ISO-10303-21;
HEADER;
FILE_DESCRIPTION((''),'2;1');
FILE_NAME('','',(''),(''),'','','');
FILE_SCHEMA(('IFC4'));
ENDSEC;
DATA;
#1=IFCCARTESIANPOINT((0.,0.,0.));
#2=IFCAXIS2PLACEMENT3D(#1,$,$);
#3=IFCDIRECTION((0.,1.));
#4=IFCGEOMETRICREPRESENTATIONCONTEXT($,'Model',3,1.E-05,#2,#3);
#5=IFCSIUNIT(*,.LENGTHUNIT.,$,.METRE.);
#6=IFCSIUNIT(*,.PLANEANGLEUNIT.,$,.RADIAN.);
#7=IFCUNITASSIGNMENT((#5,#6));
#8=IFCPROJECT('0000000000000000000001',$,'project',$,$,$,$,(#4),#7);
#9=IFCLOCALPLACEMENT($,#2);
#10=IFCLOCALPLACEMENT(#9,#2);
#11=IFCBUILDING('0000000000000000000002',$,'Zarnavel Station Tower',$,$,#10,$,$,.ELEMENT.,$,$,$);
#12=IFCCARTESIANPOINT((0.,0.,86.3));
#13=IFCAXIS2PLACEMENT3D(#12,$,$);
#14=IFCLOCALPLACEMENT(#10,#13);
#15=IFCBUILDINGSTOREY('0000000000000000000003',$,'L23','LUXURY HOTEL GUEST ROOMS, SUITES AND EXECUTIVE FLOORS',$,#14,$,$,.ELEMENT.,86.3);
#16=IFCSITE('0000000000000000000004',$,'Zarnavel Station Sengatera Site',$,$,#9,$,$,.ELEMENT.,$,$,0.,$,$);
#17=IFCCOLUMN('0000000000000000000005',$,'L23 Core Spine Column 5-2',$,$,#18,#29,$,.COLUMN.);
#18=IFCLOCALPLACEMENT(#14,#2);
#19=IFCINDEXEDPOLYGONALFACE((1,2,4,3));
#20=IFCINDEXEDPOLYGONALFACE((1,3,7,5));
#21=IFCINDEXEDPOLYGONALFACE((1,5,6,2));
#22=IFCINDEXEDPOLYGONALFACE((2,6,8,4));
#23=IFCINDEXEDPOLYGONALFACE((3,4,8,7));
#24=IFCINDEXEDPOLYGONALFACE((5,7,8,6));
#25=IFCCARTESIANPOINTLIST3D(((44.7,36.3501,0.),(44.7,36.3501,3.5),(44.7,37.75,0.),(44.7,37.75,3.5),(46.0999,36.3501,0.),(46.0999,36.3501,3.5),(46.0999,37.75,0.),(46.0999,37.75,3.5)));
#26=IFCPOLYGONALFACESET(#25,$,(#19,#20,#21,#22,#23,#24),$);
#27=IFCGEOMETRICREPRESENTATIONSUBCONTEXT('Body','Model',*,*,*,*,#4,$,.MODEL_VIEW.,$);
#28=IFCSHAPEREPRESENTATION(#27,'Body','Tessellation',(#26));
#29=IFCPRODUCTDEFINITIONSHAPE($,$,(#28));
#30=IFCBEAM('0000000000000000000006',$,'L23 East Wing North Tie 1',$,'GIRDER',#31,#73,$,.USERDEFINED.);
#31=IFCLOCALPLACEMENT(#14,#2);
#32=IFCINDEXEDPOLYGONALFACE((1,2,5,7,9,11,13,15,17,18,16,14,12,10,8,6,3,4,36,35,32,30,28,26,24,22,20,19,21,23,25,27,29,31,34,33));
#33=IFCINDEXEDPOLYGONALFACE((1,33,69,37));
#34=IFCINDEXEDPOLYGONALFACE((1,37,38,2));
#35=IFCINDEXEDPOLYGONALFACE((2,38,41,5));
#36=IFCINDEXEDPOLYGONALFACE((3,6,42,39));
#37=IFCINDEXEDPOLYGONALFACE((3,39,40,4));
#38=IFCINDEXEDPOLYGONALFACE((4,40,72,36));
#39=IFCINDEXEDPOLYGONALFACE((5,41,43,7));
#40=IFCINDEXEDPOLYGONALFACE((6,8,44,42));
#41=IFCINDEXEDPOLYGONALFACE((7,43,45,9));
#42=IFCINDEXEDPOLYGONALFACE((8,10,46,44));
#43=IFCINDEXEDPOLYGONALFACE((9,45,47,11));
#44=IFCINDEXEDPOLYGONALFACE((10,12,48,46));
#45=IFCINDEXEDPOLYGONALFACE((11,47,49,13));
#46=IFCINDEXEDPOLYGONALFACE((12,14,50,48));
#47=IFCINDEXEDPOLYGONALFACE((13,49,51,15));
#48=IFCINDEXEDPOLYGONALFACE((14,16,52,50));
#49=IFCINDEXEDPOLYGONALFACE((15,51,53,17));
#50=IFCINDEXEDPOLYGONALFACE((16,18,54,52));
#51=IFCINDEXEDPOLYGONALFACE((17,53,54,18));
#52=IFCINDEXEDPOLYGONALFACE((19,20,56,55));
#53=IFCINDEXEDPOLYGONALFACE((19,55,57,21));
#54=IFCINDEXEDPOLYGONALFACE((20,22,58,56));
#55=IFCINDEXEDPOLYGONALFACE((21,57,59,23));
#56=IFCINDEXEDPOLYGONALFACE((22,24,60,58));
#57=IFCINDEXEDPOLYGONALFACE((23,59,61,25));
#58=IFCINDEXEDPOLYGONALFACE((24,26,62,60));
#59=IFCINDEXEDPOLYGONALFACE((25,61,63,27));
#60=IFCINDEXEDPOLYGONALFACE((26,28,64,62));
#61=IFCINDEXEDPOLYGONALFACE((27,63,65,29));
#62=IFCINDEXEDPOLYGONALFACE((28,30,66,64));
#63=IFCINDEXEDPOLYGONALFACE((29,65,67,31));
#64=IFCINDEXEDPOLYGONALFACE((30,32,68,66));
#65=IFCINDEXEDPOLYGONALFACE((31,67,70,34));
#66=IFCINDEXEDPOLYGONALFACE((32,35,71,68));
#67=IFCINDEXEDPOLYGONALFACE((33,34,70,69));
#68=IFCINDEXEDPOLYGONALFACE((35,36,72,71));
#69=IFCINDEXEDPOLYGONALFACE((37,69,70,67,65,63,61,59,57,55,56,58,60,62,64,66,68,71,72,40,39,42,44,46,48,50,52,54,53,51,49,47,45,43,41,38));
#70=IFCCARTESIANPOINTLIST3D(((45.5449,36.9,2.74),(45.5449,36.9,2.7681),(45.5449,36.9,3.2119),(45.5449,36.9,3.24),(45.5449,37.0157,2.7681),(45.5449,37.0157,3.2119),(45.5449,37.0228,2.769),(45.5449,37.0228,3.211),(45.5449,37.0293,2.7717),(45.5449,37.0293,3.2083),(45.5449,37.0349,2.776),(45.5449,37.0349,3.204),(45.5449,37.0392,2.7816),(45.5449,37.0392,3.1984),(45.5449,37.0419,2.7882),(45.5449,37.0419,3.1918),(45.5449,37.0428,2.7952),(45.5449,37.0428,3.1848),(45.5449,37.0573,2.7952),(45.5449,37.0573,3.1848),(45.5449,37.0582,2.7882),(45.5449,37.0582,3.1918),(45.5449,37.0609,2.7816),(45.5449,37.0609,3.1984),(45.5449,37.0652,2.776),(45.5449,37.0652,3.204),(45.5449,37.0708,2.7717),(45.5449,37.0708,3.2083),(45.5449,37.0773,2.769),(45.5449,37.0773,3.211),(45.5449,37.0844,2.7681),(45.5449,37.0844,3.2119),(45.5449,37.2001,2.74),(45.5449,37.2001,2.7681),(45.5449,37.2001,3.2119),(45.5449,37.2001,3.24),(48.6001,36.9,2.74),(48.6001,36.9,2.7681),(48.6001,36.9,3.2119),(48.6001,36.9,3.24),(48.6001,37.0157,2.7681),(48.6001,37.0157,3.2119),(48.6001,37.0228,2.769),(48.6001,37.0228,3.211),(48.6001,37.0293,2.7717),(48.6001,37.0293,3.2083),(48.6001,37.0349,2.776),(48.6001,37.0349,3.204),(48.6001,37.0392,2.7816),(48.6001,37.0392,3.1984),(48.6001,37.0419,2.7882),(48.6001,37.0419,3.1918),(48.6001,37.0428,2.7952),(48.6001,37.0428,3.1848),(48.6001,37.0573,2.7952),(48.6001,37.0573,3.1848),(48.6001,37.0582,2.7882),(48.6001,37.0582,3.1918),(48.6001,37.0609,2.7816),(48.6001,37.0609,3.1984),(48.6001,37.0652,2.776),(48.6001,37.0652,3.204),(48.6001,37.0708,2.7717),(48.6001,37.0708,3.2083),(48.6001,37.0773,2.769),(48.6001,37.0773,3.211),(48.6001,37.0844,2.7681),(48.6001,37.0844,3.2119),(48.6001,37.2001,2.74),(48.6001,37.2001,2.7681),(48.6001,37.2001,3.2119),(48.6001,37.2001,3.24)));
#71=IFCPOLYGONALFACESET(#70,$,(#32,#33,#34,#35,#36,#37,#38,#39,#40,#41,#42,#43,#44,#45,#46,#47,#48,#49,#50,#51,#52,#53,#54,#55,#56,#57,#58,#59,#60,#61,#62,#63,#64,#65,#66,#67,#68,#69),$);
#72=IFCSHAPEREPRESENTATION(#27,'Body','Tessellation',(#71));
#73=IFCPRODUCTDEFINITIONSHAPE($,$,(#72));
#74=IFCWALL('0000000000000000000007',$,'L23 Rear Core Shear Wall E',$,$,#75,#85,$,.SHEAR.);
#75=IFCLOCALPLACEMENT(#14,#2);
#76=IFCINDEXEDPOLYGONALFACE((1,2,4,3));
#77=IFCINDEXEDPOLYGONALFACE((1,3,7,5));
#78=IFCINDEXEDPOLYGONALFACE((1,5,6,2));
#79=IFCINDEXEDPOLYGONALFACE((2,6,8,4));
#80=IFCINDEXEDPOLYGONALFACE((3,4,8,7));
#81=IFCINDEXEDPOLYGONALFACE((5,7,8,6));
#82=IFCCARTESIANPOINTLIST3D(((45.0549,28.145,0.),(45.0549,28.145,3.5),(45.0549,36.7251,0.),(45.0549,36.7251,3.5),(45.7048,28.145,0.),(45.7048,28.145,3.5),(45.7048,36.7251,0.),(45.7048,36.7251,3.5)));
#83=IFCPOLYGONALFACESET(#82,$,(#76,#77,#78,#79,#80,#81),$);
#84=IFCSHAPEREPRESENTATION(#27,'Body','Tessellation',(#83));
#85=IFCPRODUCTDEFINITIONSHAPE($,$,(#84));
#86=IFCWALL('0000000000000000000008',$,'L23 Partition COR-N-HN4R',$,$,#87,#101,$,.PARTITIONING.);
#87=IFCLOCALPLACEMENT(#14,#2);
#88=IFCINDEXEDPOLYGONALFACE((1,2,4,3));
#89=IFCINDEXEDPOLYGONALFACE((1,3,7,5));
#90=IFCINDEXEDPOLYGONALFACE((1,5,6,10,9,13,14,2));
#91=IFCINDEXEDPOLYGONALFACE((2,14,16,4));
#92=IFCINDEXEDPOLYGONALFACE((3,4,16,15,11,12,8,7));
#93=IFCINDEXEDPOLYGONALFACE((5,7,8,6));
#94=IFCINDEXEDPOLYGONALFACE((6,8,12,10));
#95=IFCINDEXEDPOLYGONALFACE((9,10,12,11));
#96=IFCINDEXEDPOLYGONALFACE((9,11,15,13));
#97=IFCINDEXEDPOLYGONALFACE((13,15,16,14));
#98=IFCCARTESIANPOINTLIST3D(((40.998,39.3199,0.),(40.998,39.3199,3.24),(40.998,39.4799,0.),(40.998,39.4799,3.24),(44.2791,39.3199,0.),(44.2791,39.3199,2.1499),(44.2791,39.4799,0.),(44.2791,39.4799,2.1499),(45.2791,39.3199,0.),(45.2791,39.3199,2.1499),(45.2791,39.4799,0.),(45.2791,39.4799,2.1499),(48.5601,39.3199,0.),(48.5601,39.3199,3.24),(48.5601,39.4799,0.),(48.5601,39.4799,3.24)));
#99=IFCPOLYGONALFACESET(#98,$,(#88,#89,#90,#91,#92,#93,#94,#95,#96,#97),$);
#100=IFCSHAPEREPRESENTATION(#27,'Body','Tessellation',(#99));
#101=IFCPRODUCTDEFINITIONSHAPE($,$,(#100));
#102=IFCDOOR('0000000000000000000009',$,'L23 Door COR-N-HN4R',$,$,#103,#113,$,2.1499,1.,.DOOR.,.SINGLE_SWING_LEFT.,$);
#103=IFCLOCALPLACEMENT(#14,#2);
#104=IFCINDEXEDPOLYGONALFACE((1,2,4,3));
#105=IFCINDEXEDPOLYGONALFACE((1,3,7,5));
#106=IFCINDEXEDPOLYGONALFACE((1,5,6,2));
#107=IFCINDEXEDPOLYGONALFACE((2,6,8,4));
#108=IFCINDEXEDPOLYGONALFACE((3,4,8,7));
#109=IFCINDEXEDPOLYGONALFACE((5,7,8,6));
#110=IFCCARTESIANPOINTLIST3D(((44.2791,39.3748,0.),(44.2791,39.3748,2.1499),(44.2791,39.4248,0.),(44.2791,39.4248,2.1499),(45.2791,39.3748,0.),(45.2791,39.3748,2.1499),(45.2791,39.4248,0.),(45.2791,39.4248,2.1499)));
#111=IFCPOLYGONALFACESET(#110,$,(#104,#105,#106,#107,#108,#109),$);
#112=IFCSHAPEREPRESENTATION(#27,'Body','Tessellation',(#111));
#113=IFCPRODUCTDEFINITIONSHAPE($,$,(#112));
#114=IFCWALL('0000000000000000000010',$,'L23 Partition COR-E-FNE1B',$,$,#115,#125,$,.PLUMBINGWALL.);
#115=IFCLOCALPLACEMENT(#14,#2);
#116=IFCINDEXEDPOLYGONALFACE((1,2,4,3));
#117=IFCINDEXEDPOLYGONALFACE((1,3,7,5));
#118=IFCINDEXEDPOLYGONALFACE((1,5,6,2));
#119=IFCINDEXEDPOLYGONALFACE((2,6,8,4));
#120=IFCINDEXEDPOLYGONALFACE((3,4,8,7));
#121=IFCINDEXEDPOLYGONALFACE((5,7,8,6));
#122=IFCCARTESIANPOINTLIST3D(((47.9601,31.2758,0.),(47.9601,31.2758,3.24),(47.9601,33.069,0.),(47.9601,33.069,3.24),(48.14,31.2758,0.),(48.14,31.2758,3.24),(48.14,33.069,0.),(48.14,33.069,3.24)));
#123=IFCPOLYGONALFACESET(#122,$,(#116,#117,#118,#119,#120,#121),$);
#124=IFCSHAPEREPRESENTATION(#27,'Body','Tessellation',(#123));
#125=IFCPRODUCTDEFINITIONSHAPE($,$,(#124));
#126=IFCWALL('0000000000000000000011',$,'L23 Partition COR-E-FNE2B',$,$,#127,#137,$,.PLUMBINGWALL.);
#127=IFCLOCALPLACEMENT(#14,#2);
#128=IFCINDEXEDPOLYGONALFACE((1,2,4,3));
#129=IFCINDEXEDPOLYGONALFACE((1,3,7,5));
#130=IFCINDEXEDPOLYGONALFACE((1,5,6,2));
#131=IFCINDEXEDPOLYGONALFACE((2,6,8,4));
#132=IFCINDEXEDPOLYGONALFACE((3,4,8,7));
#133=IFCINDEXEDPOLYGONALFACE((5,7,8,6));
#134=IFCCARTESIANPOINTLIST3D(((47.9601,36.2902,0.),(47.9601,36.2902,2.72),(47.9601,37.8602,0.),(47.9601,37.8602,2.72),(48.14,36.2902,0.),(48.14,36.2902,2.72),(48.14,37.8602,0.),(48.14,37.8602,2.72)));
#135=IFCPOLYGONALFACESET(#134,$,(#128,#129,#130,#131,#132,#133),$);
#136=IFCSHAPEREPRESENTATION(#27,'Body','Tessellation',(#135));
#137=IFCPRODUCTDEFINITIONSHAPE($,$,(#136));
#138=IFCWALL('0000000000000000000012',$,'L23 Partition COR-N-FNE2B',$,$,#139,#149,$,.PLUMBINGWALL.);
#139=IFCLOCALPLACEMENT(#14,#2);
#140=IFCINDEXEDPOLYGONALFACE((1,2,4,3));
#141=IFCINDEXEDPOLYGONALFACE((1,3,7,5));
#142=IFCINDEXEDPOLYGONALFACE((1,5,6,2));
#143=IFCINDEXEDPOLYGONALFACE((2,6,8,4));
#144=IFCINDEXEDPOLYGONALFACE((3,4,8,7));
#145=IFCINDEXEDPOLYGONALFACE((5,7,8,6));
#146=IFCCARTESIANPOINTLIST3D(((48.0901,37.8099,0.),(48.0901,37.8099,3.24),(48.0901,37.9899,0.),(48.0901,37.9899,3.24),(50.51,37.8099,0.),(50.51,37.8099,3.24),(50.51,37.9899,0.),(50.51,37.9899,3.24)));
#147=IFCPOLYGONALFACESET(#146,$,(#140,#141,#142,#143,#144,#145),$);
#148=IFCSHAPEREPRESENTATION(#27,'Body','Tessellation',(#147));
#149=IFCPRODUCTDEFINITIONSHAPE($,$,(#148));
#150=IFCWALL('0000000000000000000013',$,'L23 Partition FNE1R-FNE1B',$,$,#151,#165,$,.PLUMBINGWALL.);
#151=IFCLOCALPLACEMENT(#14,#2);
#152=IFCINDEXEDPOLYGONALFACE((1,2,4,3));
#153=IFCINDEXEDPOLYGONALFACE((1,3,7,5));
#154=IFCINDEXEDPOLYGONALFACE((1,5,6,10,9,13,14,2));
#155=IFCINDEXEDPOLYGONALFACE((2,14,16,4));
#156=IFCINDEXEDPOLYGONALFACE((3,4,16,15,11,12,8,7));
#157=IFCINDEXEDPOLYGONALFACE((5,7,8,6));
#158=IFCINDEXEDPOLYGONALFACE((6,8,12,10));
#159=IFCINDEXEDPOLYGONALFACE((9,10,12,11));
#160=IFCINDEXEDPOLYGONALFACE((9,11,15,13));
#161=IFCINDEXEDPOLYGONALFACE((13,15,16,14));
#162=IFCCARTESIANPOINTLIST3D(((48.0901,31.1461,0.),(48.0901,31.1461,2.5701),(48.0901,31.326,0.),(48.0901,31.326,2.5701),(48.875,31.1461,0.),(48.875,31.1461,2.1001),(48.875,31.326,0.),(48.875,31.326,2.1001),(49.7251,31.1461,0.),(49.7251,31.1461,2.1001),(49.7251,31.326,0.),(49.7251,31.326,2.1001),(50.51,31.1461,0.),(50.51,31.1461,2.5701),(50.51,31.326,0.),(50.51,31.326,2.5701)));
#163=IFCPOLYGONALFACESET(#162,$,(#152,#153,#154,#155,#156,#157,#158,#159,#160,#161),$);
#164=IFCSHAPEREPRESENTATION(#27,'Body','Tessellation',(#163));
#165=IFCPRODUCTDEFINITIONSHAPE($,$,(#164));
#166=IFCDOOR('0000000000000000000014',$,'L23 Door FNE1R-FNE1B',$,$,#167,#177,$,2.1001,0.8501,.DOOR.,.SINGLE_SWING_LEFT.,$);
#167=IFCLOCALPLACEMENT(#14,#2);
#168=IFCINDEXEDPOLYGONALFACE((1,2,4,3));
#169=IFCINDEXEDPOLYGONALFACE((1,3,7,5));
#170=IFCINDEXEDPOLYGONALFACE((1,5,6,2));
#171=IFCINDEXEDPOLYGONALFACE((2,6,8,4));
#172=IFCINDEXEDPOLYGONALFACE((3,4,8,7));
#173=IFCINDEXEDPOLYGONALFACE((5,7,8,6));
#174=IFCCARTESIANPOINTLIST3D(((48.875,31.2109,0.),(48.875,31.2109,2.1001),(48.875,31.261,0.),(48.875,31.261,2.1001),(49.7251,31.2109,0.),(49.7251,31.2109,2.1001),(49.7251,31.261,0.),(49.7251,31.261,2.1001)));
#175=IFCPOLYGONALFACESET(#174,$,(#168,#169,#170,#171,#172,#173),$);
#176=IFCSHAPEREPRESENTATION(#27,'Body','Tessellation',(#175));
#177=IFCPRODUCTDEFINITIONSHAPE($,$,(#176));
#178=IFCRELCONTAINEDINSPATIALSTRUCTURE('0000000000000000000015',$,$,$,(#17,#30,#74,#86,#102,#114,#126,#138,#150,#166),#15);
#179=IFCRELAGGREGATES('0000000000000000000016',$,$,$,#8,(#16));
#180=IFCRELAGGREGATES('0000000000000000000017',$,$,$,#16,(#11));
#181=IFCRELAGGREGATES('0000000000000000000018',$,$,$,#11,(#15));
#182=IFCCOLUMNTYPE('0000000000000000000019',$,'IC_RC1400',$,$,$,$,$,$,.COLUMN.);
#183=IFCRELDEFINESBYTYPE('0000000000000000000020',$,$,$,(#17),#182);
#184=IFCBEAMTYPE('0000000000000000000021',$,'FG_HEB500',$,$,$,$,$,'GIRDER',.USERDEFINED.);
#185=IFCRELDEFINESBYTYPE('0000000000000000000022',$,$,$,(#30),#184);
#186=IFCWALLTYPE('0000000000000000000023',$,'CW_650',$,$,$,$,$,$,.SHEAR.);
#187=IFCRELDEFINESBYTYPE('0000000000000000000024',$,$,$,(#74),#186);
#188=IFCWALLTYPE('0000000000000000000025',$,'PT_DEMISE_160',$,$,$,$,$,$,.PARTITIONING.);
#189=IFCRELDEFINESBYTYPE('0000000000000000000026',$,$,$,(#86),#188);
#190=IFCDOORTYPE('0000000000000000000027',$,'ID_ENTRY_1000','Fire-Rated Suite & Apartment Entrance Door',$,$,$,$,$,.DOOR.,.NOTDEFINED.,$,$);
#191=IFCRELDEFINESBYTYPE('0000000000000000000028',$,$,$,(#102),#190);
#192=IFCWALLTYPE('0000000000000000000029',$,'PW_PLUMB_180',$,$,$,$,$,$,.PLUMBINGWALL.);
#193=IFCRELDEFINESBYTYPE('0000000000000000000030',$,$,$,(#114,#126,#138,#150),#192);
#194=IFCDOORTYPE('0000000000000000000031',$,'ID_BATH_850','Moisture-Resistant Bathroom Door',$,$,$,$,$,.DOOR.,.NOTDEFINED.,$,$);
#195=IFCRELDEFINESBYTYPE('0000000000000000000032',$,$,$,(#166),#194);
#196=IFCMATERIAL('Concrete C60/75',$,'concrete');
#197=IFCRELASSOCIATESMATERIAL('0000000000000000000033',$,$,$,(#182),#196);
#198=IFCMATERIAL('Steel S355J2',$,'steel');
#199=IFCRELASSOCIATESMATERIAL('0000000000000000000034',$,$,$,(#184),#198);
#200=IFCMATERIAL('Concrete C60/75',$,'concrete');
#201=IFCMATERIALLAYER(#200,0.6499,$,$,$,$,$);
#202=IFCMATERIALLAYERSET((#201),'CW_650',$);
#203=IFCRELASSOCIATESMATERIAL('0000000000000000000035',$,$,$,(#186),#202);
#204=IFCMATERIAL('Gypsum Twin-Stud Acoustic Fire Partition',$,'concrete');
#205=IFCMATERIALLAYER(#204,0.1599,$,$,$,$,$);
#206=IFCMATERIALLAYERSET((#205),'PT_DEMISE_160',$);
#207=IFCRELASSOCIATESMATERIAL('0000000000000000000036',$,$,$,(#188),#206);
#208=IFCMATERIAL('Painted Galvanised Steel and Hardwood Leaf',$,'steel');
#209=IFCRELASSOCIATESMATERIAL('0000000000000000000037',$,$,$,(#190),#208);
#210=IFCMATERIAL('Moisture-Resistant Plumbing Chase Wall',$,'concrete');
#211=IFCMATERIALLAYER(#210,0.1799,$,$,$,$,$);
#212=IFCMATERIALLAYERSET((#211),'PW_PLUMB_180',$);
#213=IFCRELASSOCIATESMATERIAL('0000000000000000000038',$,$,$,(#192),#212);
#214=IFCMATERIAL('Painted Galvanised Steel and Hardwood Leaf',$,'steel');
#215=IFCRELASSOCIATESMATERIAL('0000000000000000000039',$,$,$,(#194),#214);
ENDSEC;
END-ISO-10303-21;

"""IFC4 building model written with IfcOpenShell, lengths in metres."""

from ifc_helpers import new_model, si_unit, direction, frame, frame_2d, origin, origin_2d, place, context, subcontext, project, spatial, rectangle, i_section, extrude, material, layer, layer_set, material_profile, profile_set, type_object, element, fill, save


model = new_model("IFC4")

# Units and contexts
model_context = context("Model", 3, precision=1e-05, world=origin(), true_north=direction((0.0, 1.0)))
body_context = subcontext(model_context, "Body", "Model", "MODEL_VIEW")
ifc_project = project(units=[si_unit("LENGTHUNIT", "METRE"), si_unit("PLANEANGLEUNIT", "RADIAN")], contexts=[model_context])

# Site, building, storey
site_placement = place(None, origin())
site = spatial("IfcSite", under=ifc_project, at=site_placement, Name="Zarnavel Station Sengatera Site", CompositionType="ELEMENT", RefElevation=0.0)
building_placement = place(site_placement, origin())
building = spatial("IfcBuilding", under=site, at=building_placement, Name="Zarnavel Station Tower", CompositionType="ELEMENT")
storey_placement = place(building_placement, frame((0.0, 0.0, 86.3)))
storey = spatial("IfcBuildingStorey", under=building, at=storey_placement, Name="L23", Description="LUXURY HOTEL GUEST ROOMS, SUITES AND EXECUTIVE FLOORS", CompositionType="ELEMENT", Elevation=86.3)

# Column
ifc_material_1 = material(Name="Concrete C60/75", Category="concrete")
ifc_material_profile_1 = material_profile(ifc_material_1, rectangle(XDim=1.3999, YDim=1.3999, at=origin_2d()), Name="RC1400x1400")
ifc_profile_set_1 = profile_set([ifc_material_profile_1], Name="Concrete C60/75")
column_type = type_object("IfcColumnType", Name="IC_RC1400", PredefinedType="COLUMN", material=ifc_profile_set_1)
column_placement = place(storey_placement, frame((45.3999, 37.05, 0.0), z_axis=(0.0, 0.0, 1.0), x_axis=(1.0, 0.0, 0.0)))
element("IfcColumn", 1, at=column_placement, inside=storey, type_object=column_type, Name="L23 Core Spine Column 5-2", PredefinedType="COLUMN", context=body_context, shape_type="SweptSolid", body=[
    extrude(rectangle(XDim=1.3999, YDim=1.3999, at=origin_2d()), origin(), (0.0, 0.0, 1.0), 3.5),
])

# Beam
ifc_material_2 = material(Name="Steel S355J2", Category="steel")
ifc_material_profile_2 = material_profile(ifc_material_2, i_section(OverallWidth=0.3, OverallDepth=0.5, WebThickness=0.0144, FlangeThickness=0.0281, FilletRadius=0.0271, at=origin_2d()), Name="HEB500")
ifc_profile_set_2 = profile_set([ifc_material_profile_2], Name="Steel S355J2")
beam_type = type_object("IfcBeamType", Name="FG_HEB500", ElementType="GIRDER", PredefinedType="USERDEFINED", material=ifc_profile_set_2)
beam_placement = place(storey_placement, frame((45.5449, 37.05, 2.99), z_axis=(1.0, 0.0, 0.0), x_axis=(0.0, 1.0, 0.0)))
element("IfcBeam", 2, at=beam_placement, inside=storey, type_object=beam_type, Name="L23 East Wing North Tie 1", ObjectType="GIRDER", PredefinedType="USERDEFINED", context=body_context, shape_type="SweptSolid", body=[
    extrude(i_section(OverallWidth=0.3, OverallDepth=0.5, WebThickness=0.0144, FlangeThickness=0.0281, FilletRadius=0.0271, at=origin_2d()), origin(), (0.0, 0.0, 1.0), 3.0552),
])

# Wall
ifc_material_3 = material(Name="Concrete C60/75", Category="concrete")
ifc_layer_1 = layer(ifc_material_3, 0.6499)
ifc_layer_set_1 = layer_set([ifc_layer_1], Name="CW_650")
wall_type_1 = type_object("IfcWallType", Name="CW_650", PredefinedType="SHEAR", material=ifc_layer_set_1)
wall_1_placement = place(storey_placement, frame((45.3799, 28.145, 0.0), z_axis=(0.0, 0.0, 1.0), x_axis=(0.0, 1.0, 0.0)))
element("IfcWall", 3, at=wall_1_placement, inside=storey, type_object=wall_type_1, Name="L23 Rear Core Shear Wall E", PredefinedType="SHEAR", context=body_context, shape_type="SweptSolid", body=[
    extrude(rectangle(XDim=8.5801, YDim=0.6499, at=frame_2d((4.29, 0.0))), origin(), (0.0, 0.0, 1.0), 3.5),
])

# Wall, opening, door
ifc_material_4 = material(Name="Gypsum Twin-Stud Acoustic Fire Partition", Category="concrete")
ifc_layer_2 = layer(ifc_material_4, 0.1599)
ifc_layer_set_2 = layer_set([ifc_layer_2], Name="PT_DEMISE_160")
wall_type_2 = type_object("IfcWallType", Name="PT_DEMISE_160", PredefinedType="PARTITIONING", material=ifc_layer_set_2)
ifc_material_5 = material(Name="Painted Galvanised Steel and Hardwood Leaf", Category="steel")
door_type_1 = type_object("IfcDoorType", Name="ID_ENTRY_1000", Description="Fire-Rated Suite & Apartment Entrance Door", OperationType="NOTDEFINED", PredefinedType="DOOR", material=ifc_material_5)
wall_2_placement = place(storey_placement, frame((40.998, 39.3999, 0.0), z_axis=(0.0, 0.0, 1.0), x_axis=(1.0, 0.0, 0.0)))
wall_2 = element("IfcWall", 4, at=wall_2_placement, inside=storey, type_object=wall_type_2, Name="L23 Partition COR-N-HN4R", PredefinedType="PARTITIONING", context=body_context, shape_type="SweptSolid", body=[
    extrude(rectangle(XDim=7.562, YDim=0.1599, at=frame_2d((3.781, 0.0))), origin(), (0.0, 0.0, 1.0), 3.24),
])
opening_1_placement = place(wall_2_placement, frame((3.281, 0.0, 0.0)))
opening_1 = element("IfcOpeningElement", 5, at=opening_1_placement, cuts=wall_2, PredefinedType="OPENING", context=body_context, shape_type="SweptSolid", body=[
    extrude(rectangle(XDim=1.0, YDim=2.1499, at=frame_2d((0.5, 1.075))), frame((0.0, 0.0898, 0.0), z_axis=(0.0, -1.0, 0.0), x_axis=(1.0, 0.0, 0.0)), (0.0, 0.0, 1.0), 0.1799),
])
door_1_placement = place(opening_1_placement, origin())
door_1 = element("IfcDoor", 6, at=door_1_placement, inside=storey, type_object=door_type_1, Name="L23 Door COR-N-HN4R", OperationType="SINGLE_SWING_LEFT", OverallHeight=2.1499, OverallWidth=1.0, PredefinedType="DOOR", context=body_context, shape_type="SweptSolid", body=[
    extrude(rectangle(XDim=1.0, YDim=2.1499, at=frame_2d((0.5, 1.075))), frame((0.0, 0.0249, 0.0), z_axis=(0.0, -1.0, 0.0), x_axis=(1.0, 0.0, 0.0)), (0.0, 0.0, 1.0), 0.05),
])
fill(opening_1, door_1)

# Walls
ifc_material_6 = material(Name="Moisture-Resistant Plumbing Chase Wall", Category="concrete")
ifc_layer_3 = layer(ifc_material_6, 0.1799)
ifc_layer_set_3 = layer_set([ifc_layer_3], Name="PW_PLUMB_180")
wall_type_3 = type_object("IfcWallType", Name="PW_PLUMB_180", PredefinedType="PLUMBINGWALL", material=ifc_layer_set_3)
wall_3_placement = place(storey_placement, frame((48.05, 31.2759, 0.0), z_axis=(0.0, 0.0, 1.0), x_axis=(0.0, 1.0, 0.0)))
element("IfcWall", 7, at=wall_3_placement, inside=storey, type_object=wall_type_3, Name="L23 Partition COR-E-FNE1B", PredefinedType="PLUMBINGWALL", context=body_context, shape_type="SweptSolid", body=[
    extrude(rectangle(XDim=1.7932, YDim=0.1799, at=frame_2d((0.8965, 0.0))), origin(), (0.0, 0.0, 1.0), 3.24),
])
wall_4_placement = place(storey_placement, frame((48.05, 36.29, 0.0), z_axis=(0.0, 0.0, 1.0), x_axis=(0.0, 1.0, 0.0)))
element("IfcWall", 8, at=wall_4_placement, inside=storey, type_object=wall_type_3, Name="L23 Partition COR-E-FNE2B", PredefinedType="PLUMBINGWALL", context=body_context, shape_type="SweptSolid", body=[
    extrude(rectangle(XDim=1.5701, YDim=0.1799, at=frame_2d((0.7852, 0.0))), origin(), (0.0, 0.0, 1.0), 2.72),
])
wall_5_placement = place(storey_placement, frame((48.0901, 37.8999, 0.0), z_axis=(0.0, 0.0, 1.0), x_axis=(1.0, 0.0, 0.0)))
element("IfcWall", 9, at=wall_5_placement, inside=storey, type_object=wall_type_3, Name="L23 Partition COR-N-FNE2B", PredefinedType="PLUMBINGWALL", context=body_context, shape_type="SweptSolid", body=[
    extrude(rectangle(XDim=2.4199, YDim=0.1799, at=frame_2d((1.21, 0.0))), origin(), (0.0, 0.0, 1.0), 3.24),
])

# Wall, opening, door
wall_6_placement = place(storey_placement, frame((48.0901, 31.2361, 0.0), z_axis=(0.0, 0.0, 1.0), x_axis=(1.0, 0.0, 0.0)))
wall_6 = element("IfcWall", 10, at=wall_6_placement, inside=storey, type_object=wall_type_3, Name="L23 Partition FNE1R-FNE1B", PredefinedType="PLUMBINGWALL", context=body_context, shape_type="SweptSolid", body=[
    extrude(rectangle(XDim=2.4199, YDim=0.1799, at=frame_2d((1.21, 0.0))), origin(), (0.0, 0.0, 1.0), 2.5701),
])
opening_2_placement = place(wall_6_placement, frame((0.7849, 0.0, 0.0)))
opening_2 = element("IfcOpeningElement", 11, at=opening_2_placement, cuts=wall_6, PredefinedType="OPENING", context=body_context, shape_type="SweptSolid", body=[
    extrude(rectangle(XDim=0.8501, YDim=2.1001, at=frame_2d((0.425, 1.05))), frame((0.0, 0.0999, 0.0), z_axis=(0.0, -1.0, 0.0), x_axis=(1.0, 0.0, 0.0)), (0.0, 0.0, 1.0), 0.2),
])
ifc_material_7 = material(Name="Painted Galvanised Steel and Hardwood Leaf", Category="steel")
door_type_2 = type_object("IfcDoorType", Name="ID_BATH_850", Description="Moisture-Resistant Bathroom Door", OperationType="NOTDEFINED", PredefinedType="DOOR", material=ifc_material_7)
door_2_placement = place(opening_2_placement, origin())
door_2 = element("IfcDoor", 12, at=door_2_placement, inside=storey, type_object=door_type_2, Name="L23 Door FNE1R-FNE1B", OperationType="SINGLE_SWING_LEFT", OverallHeight=2.1001, OverallWidth=0.8501, PredefinedType="DOOR", context=body_context, shape_type="SweptSolid", body=[
    extrude(rectangle(XDim=0.8501, YDim=2.1001, at=frame_2d((0.425, 1.05))), frame((0.0, 0.0249, 0.0), z_axis=(0.0, -1.0, 0.0), x_axis=(1.0, 0.0, 0.0)), (0.0, 0.0, 1.0), 0.05),
])
fill(opening_2, door_2)

save(model, "model.ifc")
